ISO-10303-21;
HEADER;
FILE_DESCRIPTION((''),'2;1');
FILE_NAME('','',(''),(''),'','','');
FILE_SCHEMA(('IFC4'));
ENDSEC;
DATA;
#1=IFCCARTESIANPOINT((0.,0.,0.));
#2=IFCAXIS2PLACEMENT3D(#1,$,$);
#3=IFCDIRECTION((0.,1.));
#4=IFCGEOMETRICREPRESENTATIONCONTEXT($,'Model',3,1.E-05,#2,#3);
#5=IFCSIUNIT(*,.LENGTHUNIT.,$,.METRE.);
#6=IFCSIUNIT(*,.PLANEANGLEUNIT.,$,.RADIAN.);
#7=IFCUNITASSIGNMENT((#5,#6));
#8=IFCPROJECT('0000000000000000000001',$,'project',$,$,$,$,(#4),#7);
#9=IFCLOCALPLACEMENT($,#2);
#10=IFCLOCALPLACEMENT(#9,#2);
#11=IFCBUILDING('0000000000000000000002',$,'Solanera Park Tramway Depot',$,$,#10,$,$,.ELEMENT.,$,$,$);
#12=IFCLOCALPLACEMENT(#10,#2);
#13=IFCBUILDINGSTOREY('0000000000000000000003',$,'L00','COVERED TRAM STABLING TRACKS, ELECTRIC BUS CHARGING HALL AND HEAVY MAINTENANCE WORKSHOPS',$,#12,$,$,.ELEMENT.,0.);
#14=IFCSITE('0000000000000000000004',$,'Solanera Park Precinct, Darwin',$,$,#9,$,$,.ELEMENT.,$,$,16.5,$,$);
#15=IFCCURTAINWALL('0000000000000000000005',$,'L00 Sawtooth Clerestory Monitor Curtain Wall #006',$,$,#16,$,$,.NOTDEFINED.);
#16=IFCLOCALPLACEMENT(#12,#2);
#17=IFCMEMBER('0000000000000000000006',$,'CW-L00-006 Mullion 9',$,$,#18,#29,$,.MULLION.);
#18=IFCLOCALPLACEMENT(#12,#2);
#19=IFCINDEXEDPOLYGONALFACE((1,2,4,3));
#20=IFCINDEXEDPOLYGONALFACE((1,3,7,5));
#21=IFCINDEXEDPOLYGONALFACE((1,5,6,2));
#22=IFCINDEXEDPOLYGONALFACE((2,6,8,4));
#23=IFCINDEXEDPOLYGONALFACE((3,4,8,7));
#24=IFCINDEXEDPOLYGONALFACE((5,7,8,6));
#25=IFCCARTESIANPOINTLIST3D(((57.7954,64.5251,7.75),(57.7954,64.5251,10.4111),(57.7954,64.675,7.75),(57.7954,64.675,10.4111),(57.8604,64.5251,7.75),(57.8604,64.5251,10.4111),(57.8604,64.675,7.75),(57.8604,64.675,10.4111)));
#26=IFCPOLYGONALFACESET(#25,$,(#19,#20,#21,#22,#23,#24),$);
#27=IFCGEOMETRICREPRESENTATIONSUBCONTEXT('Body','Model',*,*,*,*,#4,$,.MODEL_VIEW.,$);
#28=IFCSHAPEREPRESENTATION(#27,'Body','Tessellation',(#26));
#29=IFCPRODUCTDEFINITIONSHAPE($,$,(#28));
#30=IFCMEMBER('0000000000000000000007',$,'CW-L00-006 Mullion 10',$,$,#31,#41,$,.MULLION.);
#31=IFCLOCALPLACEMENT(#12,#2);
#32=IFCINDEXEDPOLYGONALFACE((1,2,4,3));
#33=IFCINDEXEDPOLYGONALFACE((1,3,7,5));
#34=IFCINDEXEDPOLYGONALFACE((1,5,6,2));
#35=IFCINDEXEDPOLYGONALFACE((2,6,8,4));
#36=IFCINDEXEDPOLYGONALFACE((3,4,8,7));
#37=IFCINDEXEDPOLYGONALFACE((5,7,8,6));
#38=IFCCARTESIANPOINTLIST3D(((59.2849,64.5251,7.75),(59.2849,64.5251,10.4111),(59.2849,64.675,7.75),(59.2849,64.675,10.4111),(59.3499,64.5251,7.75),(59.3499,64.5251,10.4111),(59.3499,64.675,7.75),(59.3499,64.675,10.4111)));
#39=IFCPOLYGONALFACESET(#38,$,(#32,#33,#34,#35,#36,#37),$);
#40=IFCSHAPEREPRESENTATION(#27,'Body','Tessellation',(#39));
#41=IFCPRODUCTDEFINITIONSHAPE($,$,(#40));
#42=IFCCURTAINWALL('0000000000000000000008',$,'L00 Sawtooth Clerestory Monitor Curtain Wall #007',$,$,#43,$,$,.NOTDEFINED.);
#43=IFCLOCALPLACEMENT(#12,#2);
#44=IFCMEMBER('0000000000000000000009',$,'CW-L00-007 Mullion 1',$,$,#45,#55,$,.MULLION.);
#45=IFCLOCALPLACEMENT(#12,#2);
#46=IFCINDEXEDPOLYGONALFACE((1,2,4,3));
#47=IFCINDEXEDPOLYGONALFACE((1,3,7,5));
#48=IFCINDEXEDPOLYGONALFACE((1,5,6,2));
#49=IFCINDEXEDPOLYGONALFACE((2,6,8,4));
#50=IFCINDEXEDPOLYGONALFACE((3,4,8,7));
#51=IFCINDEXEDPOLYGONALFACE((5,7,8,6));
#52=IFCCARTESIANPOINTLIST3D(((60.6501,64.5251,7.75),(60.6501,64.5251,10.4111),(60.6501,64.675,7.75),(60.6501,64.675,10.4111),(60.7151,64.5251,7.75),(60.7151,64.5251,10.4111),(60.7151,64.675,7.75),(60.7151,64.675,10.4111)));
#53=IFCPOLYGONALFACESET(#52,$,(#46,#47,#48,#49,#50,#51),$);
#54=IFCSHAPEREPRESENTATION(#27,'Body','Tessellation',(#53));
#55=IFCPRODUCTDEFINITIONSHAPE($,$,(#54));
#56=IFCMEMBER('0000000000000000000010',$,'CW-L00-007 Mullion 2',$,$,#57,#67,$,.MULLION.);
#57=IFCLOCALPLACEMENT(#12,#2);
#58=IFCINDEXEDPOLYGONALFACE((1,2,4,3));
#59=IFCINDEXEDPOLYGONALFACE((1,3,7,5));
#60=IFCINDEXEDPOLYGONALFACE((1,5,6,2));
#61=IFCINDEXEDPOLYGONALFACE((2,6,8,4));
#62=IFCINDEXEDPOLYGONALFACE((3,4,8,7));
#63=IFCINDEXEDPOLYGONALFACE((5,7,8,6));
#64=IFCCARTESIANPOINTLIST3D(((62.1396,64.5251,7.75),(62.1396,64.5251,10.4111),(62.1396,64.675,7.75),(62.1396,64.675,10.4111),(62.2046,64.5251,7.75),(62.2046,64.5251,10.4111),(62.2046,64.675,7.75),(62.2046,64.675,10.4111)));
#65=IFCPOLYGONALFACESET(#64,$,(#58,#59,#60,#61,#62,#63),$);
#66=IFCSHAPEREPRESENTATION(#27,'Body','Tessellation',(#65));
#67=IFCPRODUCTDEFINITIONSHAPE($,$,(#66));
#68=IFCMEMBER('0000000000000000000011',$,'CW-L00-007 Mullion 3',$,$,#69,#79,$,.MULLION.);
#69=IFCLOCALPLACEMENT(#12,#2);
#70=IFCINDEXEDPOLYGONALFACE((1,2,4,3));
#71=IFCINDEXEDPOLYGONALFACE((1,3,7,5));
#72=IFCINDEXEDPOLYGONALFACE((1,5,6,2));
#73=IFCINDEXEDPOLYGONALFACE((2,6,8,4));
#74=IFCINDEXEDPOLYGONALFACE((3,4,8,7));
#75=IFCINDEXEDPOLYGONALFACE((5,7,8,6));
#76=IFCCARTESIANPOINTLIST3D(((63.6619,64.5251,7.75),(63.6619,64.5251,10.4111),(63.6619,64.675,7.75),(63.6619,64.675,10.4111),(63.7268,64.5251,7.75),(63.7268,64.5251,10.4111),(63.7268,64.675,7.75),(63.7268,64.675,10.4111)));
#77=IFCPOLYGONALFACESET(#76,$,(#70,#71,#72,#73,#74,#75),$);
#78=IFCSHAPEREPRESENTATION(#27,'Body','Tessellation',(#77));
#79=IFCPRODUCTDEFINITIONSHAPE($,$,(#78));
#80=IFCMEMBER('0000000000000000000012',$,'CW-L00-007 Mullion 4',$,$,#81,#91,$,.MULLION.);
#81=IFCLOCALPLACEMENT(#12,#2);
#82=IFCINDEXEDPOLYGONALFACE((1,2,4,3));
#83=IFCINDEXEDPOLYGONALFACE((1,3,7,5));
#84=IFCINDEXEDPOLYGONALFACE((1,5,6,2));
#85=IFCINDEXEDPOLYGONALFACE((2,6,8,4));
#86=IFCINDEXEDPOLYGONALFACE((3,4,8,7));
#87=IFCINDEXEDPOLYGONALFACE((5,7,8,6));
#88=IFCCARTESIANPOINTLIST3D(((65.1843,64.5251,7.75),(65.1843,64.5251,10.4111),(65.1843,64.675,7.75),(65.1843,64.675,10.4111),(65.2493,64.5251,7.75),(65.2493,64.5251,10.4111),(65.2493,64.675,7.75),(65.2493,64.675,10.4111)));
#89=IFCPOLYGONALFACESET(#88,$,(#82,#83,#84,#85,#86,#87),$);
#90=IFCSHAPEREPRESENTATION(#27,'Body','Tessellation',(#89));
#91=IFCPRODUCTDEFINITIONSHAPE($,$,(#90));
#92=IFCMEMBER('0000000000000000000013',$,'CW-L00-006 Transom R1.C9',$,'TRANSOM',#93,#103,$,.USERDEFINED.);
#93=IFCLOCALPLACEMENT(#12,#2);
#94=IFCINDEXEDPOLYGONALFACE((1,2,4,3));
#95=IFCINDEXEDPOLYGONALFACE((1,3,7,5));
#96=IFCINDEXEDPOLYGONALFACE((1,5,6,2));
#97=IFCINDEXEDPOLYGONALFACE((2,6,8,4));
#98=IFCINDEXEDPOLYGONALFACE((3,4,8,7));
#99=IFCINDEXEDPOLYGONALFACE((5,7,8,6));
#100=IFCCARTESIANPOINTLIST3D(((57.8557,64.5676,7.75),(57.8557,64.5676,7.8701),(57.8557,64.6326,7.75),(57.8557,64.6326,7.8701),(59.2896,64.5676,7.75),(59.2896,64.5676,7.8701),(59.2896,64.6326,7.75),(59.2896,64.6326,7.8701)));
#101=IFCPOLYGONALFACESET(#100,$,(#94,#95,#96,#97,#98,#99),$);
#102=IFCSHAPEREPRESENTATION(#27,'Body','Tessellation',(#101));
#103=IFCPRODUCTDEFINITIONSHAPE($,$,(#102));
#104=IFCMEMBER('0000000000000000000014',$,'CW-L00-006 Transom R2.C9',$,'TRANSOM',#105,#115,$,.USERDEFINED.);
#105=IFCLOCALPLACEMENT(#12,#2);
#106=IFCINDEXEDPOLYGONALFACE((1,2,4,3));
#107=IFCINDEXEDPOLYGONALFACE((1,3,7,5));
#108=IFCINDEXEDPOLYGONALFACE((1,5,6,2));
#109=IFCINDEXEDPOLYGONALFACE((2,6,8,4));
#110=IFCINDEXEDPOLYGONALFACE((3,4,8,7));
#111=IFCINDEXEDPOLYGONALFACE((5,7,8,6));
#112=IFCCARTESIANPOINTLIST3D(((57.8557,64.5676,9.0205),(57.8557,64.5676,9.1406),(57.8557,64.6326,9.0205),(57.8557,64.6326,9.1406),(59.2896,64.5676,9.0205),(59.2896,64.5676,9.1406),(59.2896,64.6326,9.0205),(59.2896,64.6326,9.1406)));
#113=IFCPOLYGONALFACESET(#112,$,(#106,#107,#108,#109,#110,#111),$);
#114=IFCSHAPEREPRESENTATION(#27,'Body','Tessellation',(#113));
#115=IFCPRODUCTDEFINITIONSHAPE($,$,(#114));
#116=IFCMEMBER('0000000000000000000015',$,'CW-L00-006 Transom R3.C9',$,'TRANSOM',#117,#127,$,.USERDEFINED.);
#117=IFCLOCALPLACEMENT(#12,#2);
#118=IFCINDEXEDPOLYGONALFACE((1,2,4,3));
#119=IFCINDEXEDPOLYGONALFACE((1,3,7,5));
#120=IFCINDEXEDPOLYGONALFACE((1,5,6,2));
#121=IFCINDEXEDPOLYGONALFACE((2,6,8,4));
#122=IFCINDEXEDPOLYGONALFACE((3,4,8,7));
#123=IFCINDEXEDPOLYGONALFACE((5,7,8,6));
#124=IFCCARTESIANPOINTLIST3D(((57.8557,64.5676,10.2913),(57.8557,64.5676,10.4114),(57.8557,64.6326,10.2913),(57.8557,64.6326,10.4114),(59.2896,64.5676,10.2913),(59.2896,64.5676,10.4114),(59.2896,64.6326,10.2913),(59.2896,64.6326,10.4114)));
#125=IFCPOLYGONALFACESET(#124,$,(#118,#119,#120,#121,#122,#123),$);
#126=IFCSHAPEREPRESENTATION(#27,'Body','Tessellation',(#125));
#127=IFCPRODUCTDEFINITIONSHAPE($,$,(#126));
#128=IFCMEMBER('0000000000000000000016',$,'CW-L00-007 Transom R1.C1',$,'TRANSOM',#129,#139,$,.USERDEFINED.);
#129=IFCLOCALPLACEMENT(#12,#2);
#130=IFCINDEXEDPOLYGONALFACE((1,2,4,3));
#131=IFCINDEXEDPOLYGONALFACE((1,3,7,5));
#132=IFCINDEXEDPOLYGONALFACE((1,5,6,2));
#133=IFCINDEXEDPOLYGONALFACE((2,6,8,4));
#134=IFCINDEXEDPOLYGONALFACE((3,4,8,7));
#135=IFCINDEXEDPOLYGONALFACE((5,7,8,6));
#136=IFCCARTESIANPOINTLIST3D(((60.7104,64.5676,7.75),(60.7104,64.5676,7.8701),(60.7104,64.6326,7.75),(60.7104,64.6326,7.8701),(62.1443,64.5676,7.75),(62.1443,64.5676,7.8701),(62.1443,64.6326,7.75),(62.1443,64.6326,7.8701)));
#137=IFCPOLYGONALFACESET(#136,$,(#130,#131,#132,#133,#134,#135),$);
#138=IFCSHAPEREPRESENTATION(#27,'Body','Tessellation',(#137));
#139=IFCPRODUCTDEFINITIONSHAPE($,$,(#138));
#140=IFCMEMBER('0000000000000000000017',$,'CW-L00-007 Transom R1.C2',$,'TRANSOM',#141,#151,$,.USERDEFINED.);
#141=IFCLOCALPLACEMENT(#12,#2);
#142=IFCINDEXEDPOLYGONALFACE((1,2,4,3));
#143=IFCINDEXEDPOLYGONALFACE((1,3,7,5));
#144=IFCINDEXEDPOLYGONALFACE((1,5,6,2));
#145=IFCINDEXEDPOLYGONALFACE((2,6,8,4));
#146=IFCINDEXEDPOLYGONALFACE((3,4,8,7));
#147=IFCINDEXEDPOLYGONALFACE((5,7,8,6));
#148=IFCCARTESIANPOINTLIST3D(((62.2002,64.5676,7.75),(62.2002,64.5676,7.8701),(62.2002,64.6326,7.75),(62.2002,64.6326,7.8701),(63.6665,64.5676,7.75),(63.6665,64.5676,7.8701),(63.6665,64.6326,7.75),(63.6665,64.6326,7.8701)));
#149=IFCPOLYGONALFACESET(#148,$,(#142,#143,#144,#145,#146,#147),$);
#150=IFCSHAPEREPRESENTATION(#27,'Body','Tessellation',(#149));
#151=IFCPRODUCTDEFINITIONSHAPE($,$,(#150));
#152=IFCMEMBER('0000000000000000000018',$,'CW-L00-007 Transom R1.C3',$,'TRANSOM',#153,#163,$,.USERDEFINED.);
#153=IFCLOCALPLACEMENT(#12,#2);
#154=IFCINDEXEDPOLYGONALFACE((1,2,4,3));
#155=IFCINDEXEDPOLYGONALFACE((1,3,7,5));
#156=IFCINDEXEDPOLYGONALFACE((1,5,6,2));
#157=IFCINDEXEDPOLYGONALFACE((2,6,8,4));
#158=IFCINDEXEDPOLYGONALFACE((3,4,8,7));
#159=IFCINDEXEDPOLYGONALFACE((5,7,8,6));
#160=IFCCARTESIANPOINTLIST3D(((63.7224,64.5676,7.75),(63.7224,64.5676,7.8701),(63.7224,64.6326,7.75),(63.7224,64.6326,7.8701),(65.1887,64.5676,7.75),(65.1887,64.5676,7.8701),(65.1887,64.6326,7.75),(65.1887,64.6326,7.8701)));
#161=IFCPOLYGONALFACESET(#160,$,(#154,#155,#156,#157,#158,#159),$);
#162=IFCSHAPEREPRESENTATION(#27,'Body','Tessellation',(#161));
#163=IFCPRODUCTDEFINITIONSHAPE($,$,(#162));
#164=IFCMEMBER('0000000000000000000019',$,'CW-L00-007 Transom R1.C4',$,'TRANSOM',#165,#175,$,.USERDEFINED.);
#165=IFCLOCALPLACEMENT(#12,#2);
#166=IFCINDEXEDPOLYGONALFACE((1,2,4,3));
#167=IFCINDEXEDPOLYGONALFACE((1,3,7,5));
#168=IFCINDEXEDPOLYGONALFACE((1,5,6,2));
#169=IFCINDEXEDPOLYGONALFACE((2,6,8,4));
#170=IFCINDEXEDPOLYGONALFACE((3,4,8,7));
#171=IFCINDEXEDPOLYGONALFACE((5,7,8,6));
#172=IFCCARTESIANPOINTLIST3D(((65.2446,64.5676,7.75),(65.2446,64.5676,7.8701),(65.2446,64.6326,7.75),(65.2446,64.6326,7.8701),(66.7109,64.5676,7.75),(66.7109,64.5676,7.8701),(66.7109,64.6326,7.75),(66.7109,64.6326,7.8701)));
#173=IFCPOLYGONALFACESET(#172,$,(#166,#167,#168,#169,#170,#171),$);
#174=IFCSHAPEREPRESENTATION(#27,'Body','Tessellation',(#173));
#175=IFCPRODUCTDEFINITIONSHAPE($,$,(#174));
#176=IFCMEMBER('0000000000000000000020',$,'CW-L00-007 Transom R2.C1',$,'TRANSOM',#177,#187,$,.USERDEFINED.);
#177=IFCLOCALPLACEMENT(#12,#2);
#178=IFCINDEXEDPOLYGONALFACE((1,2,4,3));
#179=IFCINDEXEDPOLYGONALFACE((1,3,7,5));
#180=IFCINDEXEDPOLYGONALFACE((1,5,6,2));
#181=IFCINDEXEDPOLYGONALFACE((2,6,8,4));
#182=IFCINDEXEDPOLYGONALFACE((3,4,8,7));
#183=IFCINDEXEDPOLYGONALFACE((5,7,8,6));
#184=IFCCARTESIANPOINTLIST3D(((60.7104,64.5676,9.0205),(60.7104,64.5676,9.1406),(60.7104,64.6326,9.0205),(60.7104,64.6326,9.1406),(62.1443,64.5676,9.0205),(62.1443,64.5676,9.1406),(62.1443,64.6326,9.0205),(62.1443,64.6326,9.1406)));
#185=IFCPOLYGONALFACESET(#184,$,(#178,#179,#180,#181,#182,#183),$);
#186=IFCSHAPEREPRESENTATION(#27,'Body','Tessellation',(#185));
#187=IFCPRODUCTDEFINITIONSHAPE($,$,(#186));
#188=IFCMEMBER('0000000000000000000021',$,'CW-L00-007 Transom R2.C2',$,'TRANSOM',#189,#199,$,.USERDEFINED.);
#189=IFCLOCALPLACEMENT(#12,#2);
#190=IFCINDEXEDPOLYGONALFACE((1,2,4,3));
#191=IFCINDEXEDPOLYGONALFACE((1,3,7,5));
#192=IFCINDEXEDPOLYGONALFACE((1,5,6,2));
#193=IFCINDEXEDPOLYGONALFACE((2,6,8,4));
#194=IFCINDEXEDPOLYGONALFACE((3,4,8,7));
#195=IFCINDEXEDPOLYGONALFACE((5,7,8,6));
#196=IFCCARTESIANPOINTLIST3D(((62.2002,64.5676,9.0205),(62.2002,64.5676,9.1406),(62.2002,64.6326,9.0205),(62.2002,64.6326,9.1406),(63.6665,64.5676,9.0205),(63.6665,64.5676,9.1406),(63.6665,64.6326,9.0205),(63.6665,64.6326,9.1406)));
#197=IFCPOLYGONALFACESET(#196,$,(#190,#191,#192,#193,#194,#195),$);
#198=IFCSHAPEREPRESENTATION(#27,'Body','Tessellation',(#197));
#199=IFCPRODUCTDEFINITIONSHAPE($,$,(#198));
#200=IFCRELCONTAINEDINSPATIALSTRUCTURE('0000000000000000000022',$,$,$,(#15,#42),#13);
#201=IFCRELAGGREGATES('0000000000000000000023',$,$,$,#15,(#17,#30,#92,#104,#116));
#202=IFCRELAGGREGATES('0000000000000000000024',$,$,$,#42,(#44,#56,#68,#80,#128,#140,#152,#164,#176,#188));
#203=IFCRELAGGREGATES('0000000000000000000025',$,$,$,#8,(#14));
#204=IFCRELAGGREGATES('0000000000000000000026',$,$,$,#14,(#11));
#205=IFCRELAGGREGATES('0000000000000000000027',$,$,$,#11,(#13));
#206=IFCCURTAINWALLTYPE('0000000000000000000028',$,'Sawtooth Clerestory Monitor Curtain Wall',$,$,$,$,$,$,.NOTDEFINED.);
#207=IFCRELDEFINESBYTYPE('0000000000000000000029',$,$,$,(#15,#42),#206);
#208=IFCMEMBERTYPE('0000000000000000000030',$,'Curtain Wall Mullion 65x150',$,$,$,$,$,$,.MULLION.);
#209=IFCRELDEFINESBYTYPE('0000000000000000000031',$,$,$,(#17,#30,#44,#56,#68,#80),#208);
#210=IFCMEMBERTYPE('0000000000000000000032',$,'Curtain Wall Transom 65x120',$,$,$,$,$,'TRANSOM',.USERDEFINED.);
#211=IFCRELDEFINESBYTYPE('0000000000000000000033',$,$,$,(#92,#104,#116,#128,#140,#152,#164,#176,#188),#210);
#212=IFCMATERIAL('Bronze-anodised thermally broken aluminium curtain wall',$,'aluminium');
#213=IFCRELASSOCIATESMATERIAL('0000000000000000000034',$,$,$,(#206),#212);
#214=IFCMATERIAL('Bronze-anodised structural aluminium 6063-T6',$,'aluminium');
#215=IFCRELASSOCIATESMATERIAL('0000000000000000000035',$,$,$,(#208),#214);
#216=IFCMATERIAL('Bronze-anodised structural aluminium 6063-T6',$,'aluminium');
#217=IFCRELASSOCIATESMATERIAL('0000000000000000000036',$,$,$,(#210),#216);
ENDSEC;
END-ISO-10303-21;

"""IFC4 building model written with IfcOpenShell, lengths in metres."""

from ifc_helpers import new_model, si_unit, direction, frame, origin, origin_2d, place, context, subcontext, project, spatial, rectangle, extrude, material, material_profile, profile_set, type_object, element, aggregate, save


model = new_model("IFC4")

# Units and contexts
model_context = context("Model", 3, precision=1e-05, world=origin(), true_north=direction((0.0, 1.0)))
body_context = subcontext(model_context, "Body", "Model", "MODEL_VIEW")
ifc_project = project(units=[si_unit("LENGTHUNIT", "METRE"), si_unit("PLANEANGLEUNIT", "RADIAN")], contexts=[model_context])

# Site, building, storey
site_placement = place(None, origin())
site = spatial("IfcSite", under=ifc_project, at=site_placement, Name="Solanera Park Precinct, Darwin", CompositionType="ELEMENT", RefElevation=16.5)
building_placement = place(site_placement, origin())
building = spatial("IfcBuilding", under=site, at=building_placement, Name="Solanera Park Tramway Depot", CompositionType="ELEMENT")
storey_placement = place(building_placement, origin())
storey = spatial("IfcBuildingStorey", under=building, at=storey_placement, Name="L00", Description="COVERED TRAM STABLING TRACKS, ELECTRIC BUS CHARGING HALL AND HEAVY MAINTENANCE WORKSHOPS", CompositionType="ELEMENT", Elevation=0.0)

# Curtain walls, members
ifc_material_1 = material(Name="Bronze-anodised thermally broken aluminium curtain wall", Category="aluminium")
curtain_wall_type = type_object("IfcCurtainWallType", Name="Sawtooth Clerestory Monitor Curtain Wall", PredefinedType="NOTDEFINED", material=ifc_material_1)
curtain_wall_1_placement = place(storey_placement, origin())
curtain_wall_1 = element("IfcCurtainWall", 1, at=curtain_wall_1_placement, inside=storey, type_object=curtain_wall_type, Name="L00 Sawtooth Clerestory Monitor Curtain Wall #006", PredefinedType="NOTDEFINED")
ifc_material_2 = material(Name="Bronze-anodised structural aluminium 6063-T6", Category="aluminium")
ifc_material_profile_1 = material_profile(ifc_material_2, rectangle(XDim=0.0649, YDim=0.1499, at=origin_2d()), Name="Curtain Wall Mullion 65x150")
ifc_profile_set_1 = profile_set([ifc_material_profile_1], Name="Bronze-anodised structural aluminium 6063-T6")
member_type_1 = type_object("IfcMemberType", Name="Curtain Wall Mullion 65x150", PredefinedType="MULLION", material=ifc_profile_set_1)
member_1_placement = place(storey_placement, frame((57.8279, 64.6001, 7.75), z_axis=(0.0, 0.0, 1.0), x_axis=(1.0, 0.0, 0.0)))
member_1 = element("IfcMember", 2, at=member_1_placement, type_object=member_type_1, Name="CW-L00-006 Mullion 9", PredefinedType="MULLION", context=body_context, shape_type="SweptSolid", body=[
    extrude(rectangle(XDim=0.0649, YDim=0.1499, at=origin_2d()), origin(), (0.0, 0.0, 1.0), 2.6611),
])
member_2_placement = place(storey_placement, frame((59.3174, 64.6001, 7.75), z_axis=(0.0, 0.0, 1.0), x_axis=(1.0, 0.0, 0.0)))
member_2 = element("IfcMember", 3, at=member_2_placement, type_object=member_type_1, Name="CW-L00-006 Mullion 10", PredefinedType="MULLION", context=body_context, shape_type="SweptSolid", body=[
    extrude(rectangle(XDim=0.0649, YDim=0.1499, at=origin_2d()), origin(), (0.0, 0.0, 1.0), 2.6611),
])
curtain_wall_2_placement = place(storey_placement, origin())
curtain_wall_2 = element("IfcCurtainWall", 4, at=curtain_wall_2_placement, inside=storey, type_object=curtain_wall_type, Name="L00 Sawtooth Clerestory Monitor Curtain Wall #007", PredefinedType="NOTDEFINED")
member_3_placement = place(storey_placement, frame((60.6826, 64.6001, 7.75), z_axis=(0.0, 0.0, 1.0), x_axis=(1.0, 0.0, 0.0)))
member_3 = element("IfcMember", 5, at=member_3_placement, type_object=member_type_1, Name="CW-L00-007 Mullion 1", PredefinedType="MULLION", context=body_context, shape_type="SweptSolid", body=[
    extrude(rectangle(XDim=0.0649, YDim=0.1499, at=origin_2d()), origin(), (0.0, 0.0, 1.0), 2.6611),
])
member_4_placement = place(storey_placement, frame((62.1721, 64.6001, 7.75), z_axis=(0.0, 0.0, 1.0), x_axis=(1.0, 0.0, 0.0)))
member_4 = element("IfcMember", 6, at=member_4_placement, type_object=member_type_1, Name="CW-L00-007 Mullion 2", PredefinedType="MULLION", context=body_context, shape_type="SweptSolid", body=[
    extrude(rectangle(XDim=0.0649, YDim=0.1499, at=origin_2d()), origin(), (0.0, 0.0, 1.0), 2.6611),
])
member_5_placement = place(storey_placement, frame((63.6943, 64.6001, 7.75), z_axis=(0.0, 0.0, 1.0), x_axis=(1.0, 0.0, 0.0)))
member_5 = element("IfcMember", 7, at=member_5_placement, type_object=member_type_1, Name="CW-L00-007 Mullion 3", PredefinedType="MULLION", context=body_context, shape_type="SweptSolid", body=[
    extrude(rectangle(XDim=0.0649, YDim=0.1499, at=origin_2d()), origin(), (0.0, 0.0, 1.0), 2.6611),
])
member_6_placement = place(storey_placement, frame((65.2168, 64.6001, 7.75), z_axis=(0.0, 0.0, 1.0), x_axis=(1.0, 0.0, 0.0)))
member_6 = element("IfcMember", 8, at=member_6_placement, type_object=member_type_1, Name="CW-L00-007 Mullion 4", PredefinedType="MULLION", context=body_context, shape_type="SweptSolid", body=[
    extrude(rectangle(XDim=0.0649, YDim=0.1499, at=origin_2d()), origin(), (0.0, 0.0, 1.0), 2.6611),
])

# Members
ifc_material_3 = material(Name="Bronze-anodised structural aluminium 6063-T6", Category="aluminium")
ifc_material_profile_2 = material_profile(ifc_material_3, rectangle(XDim=0.0649, YDim=0.1201, at=origin_2d()), Name="Curtain Wall Transom 65x120")
ifc_profile_set_2 = profile_set([ifc_material_profile_2], Name="Bronze-anodised structural aluminium 6063-T6")
member_type_2 = type_object("IfcMemberType", Name="Curtain Wall Transom 65x120", ElementType="TRANSOM", PredefinedType="USERDEFINED", material=ifc_profile_set_2)
member_7_placement = place(storey_placement, frame((57.8557, 64.6001, 7.8101), z_axis=(1.0, 0.0, 0.0), x_axis=(0.0, 1.0, 0.0)))
member_7 = element("IfcMember", 9, at=member_7_placement, type_object=member_type_2, Name="CW-L00-006 Transom R1.C9", ObjectType="TRANSOM", PredefinedType="USERDEFINED", context=body_context, shape_type="SweptSolid", body=[
    extrude(rectangle(XDim=0.0649, YDim=0.1201, at=origin_2d()), origin(), (0.0, 0.0, 1.0), 1.4338),
])
member_8_placement = place(storey_placement, frame((57.8557, 64.6001, 9.0806), z_axis=(1.0, 0.0, 0.0), x_axis=(0.0, 1.0, 0.0)))
member_8 = element("IfcMember", 10, at=member_8_placement, type_object=member_type_2, Name="CW-L00-006 Transom R2.C9", ObjectType="TRANSOM", PredefinedType="USERDEFINED", context=body_context, shape_type="SweptSolid", body=[
    extrude(rectangle(XDim=0.0649, YDim=0.1201, at=origin_2d()), origin(), (0.0, 0.0, 1.0), 1.4338),
])
member_9_placement = place(storey_placement, frame((57.8557, 64.6001, 10.3513), z_axis=(1.0, 0.0, 0.0), x_axis=(0.0, 1.0, 0.0)))
member_9 = element("IfcMember", 11, at=member_9_placement, type_object=member_type_2, Name="CW-L00-006 Transom R3.C9", ObjectType="TRANSOM", PredefinedType="USERDEFINED", context=body_context, shape_type="SweptSolid", body=[
    extrude(rectangle(XDim=0.0649, YDim=0.1201, at=origin_2d()), origin(), (0.0, 0.0, 1.0), 1.4338),
])
member_10_placement = place(storey_placement, frame((60.7104, 64.6001, 7.8101), z_axis=(1.0, 0.0, 0.0), x_axis=(0.0, 1.0, 0.0)))
member_10 = element("IfcMember", 12, at=member_10_placement, type_object=member_type_2, Name="CW-L00-007 Transom R1.C1", ObjectType="TRANSOM", PredefinedType="USERDEFINED", context=body_context, shape_type="SweptSolid", body=[
    extrude(rectangle(XDim=0.0649, YDim=0.1201, at=origin_2d()), origin(), (0.0, 0.0, 1.0), 1.4338),
])
member_11_placement = place(storey_placement, frame((62.2002, 64.6001, 7.8101), z_axis=(1.0, 0.0, 0.0), x_axis=(0.0, 1.0, 0.0)))
member_11 = element("IfcMember", 13, at=member_11_placement, type_object=member_type_2, Name="CW-L00-007 Transom R1.C2", ObjectType="TRANSOM", PredefinedType="USERDEFINED", context=body_context, shape_type="SweptSolid", body=[
    extrude(rectangle(XDim=0.0649, YDim=0.1201, at=origin_2d()), origin(), (0.0, 0.0, 1.0), 1.4663),
])
member_12_placement = place(storey_placement, frame((63.7224, 64.6001, 7.8101), z_axis=(1.0, 0.0, 0.0), x_axis=(0.0, 1.0, 0.0)))
member_12 = element("IfcMember", 14, at=member_12_placement, type_object=member_type_2, Name="CW-L00-007 Transom R1.C3", ObjectType="TRANSOM", PredefinedType="USERDEFINED", context=body_context, shape_type="SweptSolid", body=[
    extrude(rectangle(XDim=0.0649, YDim=0.1201, at=origin_2d()), origin(), (0.0, 0.0, 1.0), 1.4663),
])
member_13_placement = place(storey_placement, frame((65.2446, 64.6001, 7.8101), z_axis=(1.0, 0.0, 0.0), x_axis=(0.0, 1.0, 0.0)))
member_13 = element("IfcMember", 15, at=member_13_placement, type_object=member_type_2, Name="CW-L00-007 Transom R1.C4", ObjectType="TRANSOM", PredefinedType="USERDEFINED", context=body_context, shape_type="SweptSolid", body=[
    extrude(rectangle(XDim=0.0649, YDim=0.1201, at=origin_2d()), origin(), (0.0, 0.0, 1.0), 1.4663),
])
member_14_placement = place(storey_placement, frame((60.7104, 64.6001, 9.0806), z_axis=(1.0, 0.0, 0.0), x_axis=(0.0, 1.0, 0.0)))
member_14 = element("IfcMember", 16, at=member_14_placement, type_object=member_type_2, Name="CW-L00-007 Transom R2.C1", ObjectType="TRANSOM", PredefinedType="USERDEFINED", context=body_context, shape_type="SweptSolid", body=[
    extrude(rectangle(XDim=0.0649, YDim=0.1201, at=origin_2d()), origin(), (0.0, 0.0, 1.0), 1.4338),
])
member_15_placement = place(storey_placement, frame((62.2002, 64.6001, 9.0806), z_axis=(1.0, 0.0, 0.0), x_axis=(0.0, 1.0, 0.0)))
member_15 = element("IfcMember", 17, at=member_15_placement, type_object=member_type_2, Name="CW-L00-007 Transom R2.C2", ObjectType="TRANSOM", PredefinedType="USERDEFINED", context=body_context, shape_type="SweptSolid", body=[
    extrude(rectangle(XDim=0.0649, YDim=0.1201, at=origin_2d()), origin(), (0.0, 0.0, 1.0), 1.4663),
])

aggregate(curtain_wall_1, [member_1, member_2, member_7, member_8, member_9])
aggregate(curtain_wall_2, [member_3, member_4, member_5, member_6, member_10, member_11, member_12, member_13, member_14, member_15])

save(model, "model.ifc")
